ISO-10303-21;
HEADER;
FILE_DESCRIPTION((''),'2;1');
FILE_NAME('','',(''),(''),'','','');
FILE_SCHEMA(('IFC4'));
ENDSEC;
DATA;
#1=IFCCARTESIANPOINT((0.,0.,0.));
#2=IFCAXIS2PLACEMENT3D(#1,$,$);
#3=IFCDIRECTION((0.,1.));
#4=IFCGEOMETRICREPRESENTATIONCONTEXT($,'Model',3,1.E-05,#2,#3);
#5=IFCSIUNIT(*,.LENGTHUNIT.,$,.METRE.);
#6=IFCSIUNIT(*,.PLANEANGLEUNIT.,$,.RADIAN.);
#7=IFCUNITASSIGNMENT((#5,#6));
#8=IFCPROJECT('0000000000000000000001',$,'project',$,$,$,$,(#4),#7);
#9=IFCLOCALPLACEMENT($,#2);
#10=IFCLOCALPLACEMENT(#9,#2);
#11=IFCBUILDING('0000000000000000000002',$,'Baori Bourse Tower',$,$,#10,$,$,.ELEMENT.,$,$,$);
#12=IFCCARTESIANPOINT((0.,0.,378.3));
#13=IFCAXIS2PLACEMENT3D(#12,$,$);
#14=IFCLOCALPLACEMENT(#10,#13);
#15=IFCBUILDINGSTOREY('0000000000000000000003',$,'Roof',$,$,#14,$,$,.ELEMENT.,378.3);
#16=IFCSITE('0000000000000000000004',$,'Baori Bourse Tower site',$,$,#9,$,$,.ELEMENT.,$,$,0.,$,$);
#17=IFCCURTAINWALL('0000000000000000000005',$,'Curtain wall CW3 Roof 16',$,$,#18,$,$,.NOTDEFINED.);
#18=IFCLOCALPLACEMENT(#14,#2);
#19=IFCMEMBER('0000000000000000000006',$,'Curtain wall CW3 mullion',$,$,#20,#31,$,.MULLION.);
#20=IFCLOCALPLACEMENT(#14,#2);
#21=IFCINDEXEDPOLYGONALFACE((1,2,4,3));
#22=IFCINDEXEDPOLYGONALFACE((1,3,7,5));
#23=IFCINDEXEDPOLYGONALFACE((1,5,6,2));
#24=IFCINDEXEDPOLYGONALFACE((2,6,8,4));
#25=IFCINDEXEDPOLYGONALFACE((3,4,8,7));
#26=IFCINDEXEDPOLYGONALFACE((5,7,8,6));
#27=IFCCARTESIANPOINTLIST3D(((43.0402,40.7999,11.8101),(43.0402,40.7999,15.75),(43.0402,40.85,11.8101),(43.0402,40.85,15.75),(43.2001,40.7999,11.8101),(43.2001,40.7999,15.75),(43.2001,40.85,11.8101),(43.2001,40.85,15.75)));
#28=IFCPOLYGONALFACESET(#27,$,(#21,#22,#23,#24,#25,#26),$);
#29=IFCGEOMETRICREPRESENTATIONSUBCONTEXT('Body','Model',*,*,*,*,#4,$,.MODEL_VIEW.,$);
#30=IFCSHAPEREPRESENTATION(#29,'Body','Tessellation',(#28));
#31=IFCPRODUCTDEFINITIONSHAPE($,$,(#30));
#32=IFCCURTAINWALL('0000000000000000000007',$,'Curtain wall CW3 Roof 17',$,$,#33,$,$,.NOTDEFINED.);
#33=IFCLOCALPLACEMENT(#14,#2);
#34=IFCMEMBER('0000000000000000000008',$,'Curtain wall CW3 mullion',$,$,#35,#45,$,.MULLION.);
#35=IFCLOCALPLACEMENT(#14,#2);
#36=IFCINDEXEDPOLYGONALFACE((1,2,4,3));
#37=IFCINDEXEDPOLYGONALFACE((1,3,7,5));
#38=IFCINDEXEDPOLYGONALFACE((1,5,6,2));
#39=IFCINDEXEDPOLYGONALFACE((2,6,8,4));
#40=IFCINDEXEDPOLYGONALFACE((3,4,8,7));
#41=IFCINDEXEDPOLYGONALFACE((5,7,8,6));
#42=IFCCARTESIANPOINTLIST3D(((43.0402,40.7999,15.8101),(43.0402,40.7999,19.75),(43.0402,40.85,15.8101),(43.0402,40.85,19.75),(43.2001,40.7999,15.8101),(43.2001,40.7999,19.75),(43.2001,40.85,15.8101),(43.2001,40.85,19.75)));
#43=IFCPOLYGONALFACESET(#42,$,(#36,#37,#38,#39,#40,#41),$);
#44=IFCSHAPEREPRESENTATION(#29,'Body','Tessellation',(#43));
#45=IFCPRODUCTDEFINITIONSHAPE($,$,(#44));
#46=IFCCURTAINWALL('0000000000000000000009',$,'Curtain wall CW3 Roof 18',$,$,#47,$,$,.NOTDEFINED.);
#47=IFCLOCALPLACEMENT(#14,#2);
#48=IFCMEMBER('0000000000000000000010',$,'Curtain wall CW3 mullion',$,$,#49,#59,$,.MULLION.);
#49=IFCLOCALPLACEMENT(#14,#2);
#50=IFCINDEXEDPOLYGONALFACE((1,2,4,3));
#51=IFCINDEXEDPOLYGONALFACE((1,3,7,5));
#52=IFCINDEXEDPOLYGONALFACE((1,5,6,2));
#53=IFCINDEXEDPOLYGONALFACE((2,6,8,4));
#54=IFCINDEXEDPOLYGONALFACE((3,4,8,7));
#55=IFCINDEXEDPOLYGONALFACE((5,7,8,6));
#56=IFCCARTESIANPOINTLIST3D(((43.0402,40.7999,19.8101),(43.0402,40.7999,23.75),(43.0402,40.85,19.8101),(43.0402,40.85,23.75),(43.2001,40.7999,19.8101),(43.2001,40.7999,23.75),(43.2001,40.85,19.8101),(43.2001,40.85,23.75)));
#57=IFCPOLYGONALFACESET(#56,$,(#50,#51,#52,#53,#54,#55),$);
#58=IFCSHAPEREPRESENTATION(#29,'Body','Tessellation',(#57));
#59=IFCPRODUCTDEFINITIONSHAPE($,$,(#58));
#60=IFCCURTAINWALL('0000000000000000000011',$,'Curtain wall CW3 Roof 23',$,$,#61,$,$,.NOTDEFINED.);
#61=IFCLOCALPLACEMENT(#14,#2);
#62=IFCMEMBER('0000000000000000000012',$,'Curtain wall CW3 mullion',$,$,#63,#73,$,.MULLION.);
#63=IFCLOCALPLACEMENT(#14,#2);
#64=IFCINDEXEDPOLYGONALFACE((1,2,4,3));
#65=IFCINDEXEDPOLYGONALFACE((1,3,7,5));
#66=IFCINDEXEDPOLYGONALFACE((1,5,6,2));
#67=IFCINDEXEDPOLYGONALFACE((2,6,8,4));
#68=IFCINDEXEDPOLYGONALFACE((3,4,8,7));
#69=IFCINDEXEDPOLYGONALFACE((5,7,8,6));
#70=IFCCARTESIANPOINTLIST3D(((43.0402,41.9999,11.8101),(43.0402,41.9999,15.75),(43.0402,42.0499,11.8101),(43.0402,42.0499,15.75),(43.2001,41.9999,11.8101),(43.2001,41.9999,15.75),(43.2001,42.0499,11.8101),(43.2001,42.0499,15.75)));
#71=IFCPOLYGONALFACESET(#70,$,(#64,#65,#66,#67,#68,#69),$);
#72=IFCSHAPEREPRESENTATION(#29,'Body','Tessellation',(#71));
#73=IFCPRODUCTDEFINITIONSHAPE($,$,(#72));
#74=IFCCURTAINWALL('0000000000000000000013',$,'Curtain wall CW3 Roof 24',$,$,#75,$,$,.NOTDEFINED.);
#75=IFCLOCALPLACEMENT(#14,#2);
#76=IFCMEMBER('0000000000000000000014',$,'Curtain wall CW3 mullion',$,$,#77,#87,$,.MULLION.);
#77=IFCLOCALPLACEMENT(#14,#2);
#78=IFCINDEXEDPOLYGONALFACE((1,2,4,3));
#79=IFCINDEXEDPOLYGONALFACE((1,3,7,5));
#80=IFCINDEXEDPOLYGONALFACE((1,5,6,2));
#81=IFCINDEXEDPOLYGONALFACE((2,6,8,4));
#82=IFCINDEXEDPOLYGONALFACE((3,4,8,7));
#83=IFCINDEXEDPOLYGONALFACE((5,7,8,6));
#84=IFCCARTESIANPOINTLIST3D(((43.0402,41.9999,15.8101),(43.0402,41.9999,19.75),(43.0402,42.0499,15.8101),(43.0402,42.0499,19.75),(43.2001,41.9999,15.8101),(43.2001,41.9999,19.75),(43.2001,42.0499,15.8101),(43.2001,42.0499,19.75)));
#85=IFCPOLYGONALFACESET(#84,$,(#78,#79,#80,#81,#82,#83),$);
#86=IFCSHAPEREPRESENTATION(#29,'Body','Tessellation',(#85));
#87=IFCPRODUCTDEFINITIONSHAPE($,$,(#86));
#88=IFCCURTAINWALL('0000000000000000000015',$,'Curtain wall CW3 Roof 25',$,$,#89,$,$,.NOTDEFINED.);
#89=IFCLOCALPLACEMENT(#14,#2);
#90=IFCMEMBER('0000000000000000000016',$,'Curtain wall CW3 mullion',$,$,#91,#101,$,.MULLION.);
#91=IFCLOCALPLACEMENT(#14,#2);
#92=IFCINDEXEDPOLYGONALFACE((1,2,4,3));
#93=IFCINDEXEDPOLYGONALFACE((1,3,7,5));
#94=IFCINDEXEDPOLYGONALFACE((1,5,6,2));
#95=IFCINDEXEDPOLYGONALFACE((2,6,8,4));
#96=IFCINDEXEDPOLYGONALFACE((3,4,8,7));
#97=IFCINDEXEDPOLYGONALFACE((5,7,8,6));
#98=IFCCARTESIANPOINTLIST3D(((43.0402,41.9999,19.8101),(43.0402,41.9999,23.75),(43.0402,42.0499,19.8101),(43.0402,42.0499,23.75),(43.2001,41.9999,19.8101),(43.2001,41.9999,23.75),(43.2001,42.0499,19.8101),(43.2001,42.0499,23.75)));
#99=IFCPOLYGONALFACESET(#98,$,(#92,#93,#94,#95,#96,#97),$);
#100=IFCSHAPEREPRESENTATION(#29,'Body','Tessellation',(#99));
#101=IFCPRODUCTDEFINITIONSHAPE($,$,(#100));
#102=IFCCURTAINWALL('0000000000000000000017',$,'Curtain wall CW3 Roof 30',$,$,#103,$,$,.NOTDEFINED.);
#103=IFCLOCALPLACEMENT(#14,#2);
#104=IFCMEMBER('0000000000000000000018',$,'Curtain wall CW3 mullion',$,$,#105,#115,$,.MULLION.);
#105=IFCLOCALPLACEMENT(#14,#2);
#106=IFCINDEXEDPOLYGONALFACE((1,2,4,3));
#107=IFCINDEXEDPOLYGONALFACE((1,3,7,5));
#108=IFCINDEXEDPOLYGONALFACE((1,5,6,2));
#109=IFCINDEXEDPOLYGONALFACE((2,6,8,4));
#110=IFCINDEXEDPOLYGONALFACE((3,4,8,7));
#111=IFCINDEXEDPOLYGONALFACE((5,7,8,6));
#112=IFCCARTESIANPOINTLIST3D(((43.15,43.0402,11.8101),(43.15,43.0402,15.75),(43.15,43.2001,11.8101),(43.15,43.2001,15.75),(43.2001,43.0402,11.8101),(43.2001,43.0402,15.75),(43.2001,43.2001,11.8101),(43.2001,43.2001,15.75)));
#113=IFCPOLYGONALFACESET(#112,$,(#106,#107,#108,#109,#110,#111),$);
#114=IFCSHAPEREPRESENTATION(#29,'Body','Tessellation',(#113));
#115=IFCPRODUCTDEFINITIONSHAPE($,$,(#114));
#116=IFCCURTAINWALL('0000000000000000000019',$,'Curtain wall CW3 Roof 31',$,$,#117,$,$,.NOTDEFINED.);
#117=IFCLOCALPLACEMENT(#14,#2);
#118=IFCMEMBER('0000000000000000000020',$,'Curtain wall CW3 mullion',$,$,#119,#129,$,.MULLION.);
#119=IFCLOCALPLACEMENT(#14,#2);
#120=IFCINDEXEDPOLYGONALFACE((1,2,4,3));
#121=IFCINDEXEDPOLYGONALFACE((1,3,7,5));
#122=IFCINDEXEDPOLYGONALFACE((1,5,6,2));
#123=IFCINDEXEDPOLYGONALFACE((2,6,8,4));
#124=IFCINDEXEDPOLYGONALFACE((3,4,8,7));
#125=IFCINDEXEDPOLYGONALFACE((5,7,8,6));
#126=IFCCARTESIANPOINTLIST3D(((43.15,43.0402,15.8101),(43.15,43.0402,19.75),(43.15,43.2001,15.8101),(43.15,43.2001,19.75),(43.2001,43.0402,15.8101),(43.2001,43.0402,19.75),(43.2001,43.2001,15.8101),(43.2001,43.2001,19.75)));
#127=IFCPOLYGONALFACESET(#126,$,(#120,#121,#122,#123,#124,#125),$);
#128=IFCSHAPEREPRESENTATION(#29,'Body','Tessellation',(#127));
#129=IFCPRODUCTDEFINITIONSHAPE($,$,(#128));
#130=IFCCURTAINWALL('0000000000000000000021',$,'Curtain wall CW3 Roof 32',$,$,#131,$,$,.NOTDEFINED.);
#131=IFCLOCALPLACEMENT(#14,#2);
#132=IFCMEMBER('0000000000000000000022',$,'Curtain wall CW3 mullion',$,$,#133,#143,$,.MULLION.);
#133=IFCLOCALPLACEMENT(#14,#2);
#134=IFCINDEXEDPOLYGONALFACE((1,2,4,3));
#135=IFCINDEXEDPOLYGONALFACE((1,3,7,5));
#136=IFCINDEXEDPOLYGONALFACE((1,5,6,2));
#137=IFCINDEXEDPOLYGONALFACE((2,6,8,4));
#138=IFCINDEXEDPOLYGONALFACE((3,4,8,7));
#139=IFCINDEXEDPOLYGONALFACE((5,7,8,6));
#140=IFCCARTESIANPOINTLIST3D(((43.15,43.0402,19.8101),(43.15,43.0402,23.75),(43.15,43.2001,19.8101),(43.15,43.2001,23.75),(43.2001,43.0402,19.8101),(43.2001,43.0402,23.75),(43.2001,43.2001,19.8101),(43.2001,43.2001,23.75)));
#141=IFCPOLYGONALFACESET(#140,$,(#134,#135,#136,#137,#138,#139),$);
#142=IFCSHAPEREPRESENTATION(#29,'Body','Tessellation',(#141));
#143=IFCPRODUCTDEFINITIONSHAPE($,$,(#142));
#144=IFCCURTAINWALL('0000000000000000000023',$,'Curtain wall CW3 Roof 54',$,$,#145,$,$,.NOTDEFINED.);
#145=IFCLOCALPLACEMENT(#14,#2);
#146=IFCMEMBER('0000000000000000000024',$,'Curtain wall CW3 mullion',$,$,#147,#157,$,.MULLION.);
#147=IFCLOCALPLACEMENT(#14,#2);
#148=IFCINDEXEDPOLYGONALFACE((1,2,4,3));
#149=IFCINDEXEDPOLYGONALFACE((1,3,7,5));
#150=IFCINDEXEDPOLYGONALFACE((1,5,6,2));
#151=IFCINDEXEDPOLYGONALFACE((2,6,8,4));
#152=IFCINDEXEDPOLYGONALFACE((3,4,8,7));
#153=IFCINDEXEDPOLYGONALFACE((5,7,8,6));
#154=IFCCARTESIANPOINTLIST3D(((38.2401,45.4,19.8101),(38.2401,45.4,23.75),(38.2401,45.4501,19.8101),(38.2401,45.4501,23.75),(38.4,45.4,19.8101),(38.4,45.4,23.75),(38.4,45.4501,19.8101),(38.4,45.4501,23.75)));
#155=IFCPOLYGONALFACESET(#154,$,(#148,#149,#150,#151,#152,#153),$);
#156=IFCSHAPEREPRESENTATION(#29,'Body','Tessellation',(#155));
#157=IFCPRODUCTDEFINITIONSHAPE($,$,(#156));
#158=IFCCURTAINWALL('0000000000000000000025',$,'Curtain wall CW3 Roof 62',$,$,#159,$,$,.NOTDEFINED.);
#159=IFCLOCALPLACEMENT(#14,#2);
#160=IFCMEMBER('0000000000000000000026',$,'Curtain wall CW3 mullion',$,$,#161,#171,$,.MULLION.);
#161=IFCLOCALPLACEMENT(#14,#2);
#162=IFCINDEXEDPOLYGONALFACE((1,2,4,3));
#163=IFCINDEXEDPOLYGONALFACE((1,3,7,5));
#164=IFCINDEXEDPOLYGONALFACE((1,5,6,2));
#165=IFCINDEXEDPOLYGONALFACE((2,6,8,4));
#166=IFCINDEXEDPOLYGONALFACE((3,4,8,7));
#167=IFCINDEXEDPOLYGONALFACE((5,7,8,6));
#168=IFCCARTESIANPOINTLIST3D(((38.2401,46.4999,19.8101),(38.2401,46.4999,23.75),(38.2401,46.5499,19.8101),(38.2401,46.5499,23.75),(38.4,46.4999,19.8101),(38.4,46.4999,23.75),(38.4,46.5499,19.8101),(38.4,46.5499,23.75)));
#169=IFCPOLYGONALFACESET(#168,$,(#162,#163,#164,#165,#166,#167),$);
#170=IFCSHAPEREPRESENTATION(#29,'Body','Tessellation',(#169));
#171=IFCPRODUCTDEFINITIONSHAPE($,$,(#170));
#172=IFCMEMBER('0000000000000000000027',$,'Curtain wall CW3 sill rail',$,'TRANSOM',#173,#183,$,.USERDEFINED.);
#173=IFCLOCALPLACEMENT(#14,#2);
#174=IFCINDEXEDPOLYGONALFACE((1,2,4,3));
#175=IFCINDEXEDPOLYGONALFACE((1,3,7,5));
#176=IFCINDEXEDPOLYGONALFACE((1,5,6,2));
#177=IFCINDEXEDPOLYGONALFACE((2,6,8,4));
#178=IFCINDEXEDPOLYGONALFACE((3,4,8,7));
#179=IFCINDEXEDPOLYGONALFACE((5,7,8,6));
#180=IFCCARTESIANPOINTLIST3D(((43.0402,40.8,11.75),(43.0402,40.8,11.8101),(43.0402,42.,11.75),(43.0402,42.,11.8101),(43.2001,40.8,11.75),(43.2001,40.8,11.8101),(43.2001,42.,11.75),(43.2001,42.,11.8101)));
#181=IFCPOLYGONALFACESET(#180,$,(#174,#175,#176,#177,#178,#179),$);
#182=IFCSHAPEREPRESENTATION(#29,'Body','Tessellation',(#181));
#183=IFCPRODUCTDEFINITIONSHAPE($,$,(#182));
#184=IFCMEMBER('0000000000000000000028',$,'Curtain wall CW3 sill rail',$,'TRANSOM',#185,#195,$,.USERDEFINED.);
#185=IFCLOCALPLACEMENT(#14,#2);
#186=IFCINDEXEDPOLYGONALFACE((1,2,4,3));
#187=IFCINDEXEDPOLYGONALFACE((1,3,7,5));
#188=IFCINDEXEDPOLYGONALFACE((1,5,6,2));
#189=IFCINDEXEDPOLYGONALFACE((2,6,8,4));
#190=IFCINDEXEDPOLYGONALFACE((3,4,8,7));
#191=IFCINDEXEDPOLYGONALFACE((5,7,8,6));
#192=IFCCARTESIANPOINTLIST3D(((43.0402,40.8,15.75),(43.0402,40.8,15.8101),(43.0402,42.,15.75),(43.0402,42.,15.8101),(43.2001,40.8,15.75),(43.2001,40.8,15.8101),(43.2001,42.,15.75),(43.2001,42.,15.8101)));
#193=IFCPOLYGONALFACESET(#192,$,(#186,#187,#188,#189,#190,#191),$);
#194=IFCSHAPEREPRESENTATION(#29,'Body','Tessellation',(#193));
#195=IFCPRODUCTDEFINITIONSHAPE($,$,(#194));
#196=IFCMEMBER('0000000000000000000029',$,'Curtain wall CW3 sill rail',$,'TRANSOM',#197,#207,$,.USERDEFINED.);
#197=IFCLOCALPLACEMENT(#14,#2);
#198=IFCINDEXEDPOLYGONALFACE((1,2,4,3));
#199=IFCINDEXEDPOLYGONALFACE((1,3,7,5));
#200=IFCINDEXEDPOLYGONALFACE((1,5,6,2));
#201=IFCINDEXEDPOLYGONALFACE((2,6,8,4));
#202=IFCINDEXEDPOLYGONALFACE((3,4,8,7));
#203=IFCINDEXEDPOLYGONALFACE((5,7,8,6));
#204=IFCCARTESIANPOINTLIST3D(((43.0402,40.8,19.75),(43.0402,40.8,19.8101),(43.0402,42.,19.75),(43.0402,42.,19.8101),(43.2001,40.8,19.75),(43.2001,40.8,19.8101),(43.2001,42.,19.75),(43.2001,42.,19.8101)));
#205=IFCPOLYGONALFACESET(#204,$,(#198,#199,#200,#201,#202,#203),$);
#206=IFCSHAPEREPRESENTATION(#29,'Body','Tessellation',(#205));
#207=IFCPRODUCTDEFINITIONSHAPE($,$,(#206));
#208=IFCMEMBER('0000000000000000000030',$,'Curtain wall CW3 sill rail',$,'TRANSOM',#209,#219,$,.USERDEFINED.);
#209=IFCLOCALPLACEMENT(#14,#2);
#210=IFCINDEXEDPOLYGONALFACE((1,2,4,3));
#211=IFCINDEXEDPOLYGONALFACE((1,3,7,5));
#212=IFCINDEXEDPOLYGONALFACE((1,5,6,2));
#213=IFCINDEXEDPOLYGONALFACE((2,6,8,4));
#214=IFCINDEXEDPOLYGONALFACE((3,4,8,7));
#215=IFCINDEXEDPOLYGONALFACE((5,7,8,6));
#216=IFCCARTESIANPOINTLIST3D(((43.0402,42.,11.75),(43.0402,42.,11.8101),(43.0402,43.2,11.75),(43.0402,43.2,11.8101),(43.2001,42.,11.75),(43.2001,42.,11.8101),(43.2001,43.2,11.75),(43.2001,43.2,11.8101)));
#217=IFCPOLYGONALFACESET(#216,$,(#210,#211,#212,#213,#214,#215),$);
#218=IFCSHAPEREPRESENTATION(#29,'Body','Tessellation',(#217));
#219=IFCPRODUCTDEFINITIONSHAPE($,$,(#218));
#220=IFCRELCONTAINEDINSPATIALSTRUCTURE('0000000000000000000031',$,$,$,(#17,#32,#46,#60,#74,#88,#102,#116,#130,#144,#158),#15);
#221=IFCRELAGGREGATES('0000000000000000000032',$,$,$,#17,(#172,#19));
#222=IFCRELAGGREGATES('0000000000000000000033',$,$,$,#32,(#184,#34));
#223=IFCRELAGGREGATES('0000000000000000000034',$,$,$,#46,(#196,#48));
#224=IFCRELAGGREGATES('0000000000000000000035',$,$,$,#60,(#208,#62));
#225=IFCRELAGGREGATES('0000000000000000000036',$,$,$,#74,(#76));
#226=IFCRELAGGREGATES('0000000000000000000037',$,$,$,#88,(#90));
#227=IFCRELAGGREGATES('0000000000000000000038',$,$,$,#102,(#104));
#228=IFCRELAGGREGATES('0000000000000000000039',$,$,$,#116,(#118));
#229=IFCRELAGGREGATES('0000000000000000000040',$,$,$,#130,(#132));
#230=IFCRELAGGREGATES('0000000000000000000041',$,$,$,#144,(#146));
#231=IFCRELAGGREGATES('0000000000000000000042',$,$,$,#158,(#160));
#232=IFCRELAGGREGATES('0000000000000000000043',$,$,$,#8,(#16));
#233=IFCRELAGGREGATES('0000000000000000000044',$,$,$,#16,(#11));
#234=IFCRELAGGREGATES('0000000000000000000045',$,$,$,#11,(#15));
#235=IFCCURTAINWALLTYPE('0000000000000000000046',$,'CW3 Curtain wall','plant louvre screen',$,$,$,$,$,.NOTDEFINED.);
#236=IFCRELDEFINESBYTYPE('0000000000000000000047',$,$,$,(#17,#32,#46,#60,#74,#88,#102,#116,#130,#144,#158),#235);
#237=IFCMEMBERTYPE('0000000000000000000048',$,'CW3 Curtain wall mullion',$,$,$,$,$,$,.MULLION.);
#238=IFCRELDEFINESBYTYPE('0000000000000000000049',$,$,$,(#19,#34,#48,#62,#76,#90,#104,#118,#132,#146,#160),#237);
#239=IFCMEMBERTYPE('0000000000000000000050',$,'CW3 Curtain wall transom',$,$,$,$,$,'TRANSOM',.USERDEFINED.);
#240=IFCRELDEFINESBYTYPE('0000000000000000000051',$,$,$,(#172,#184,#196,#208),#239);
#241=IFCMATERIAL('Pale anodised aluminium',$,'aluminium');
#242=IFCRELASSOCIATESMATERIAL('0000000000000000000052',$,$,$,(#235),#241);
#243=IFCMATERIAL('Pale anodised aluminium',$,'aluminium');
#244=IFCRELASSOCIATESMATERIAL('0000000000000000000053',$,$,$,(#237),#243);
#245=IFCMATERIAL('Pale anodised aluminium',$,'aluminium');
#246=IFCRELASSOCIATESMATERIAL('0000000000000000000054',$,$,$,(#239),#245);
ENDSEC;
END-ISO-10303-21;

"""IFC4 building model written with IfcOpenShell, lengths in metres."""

from ifc_helpers import new_model, si_unit, direction, frame, origin, origin_2d, place, context, subcontext, project, spatial, rectangle, extrude, material, material_profile, profile_set, type_object, element, aggregate, save


model = new_model("IFC4")

# Units and contexts
model_context = context("Model", 3, precision=1e-05, world=origin(), true_north=direction((0.0, 1.0)))
body_context = subcontext(model_context, "Body", "Model", "MODEL_VIEW")
ifc_project = project(units=[si_unit("LENGTHUNIT", "METRE"), si_unit("PLANEANGLEUNIT", "RADIAN")], contexts=[model_context])

# Site, building, storey
site_placement = place(None, origin())
site = spatial("IfcSite", under=ifc_project, at=site_placement, Name="Baori Bourse Tower site", CompositionType="ELEMENT", RefElevation=0.0)
building_placement = place(site_placement, origin())
building = spatial("IfcBuilding", under=site, at=building_placement, Name="Baori Bourse Tower", CompositionType="ELEMENT")
storey_placement = place(building_placement, frame((0.0, 0.0, 378.3)))
storey = spatial("IfcBuildingStorey", under=building, at=storey_placement, Name="Roof", CompositionType="ELEMENT", Elevation=378.3)

# Curtain walls, members
ifc_material_1 = material(Name="Pale anodised aluminium", Category="aluminium")
curtain_wall_type = type_object("IfcCurtainWallType", Name="CW3 Curtain wall", Description="plant louvre screen", PredefinedType="NOTDEFINED", material=ifc_material_1)
curtain_wall_1_placement = place(storey_placement, origin())
curtain_wall_1 = element("IfcCurtainWall", 1, at=curtain_wall_1_placement, inside=storey, type_object=curtain_wall_type, Name="Curtain wall CW3 Roof 16", PredefinedType="NOTDEFINED")
ifc_material_2 = material(Name="Pale anodised aluminium", Category="aluminium")
ifc_material_profile_1 = material_profile(ifc_material_2, rectangle(XDim=0.1599, YDim=0.05, at=origin_2d()), Name="Mullion 50x160")
ifc_profile_set_1 = profile_set([ifc_material_profile_1], Name="Pale anodised aluminium")
member_type_1 = type_object("IfcMemberType", Name="CW3 Curtain wall mullion", PredefinedType="MULLION", material=ifc_profile_set_1)
member_1_placement = place(storey_placement, frame((43.1201, 40.825, 11.8101), z_axis=(0.0, 0.0, 1.0), x_axis=(-1.0, 0.0, 0.0)))
member_1 = element("IfcMember", 2, at=member_1_placement, type_object=member_type_1, Name="Curtain wall CW3 mullion", PredefinedType="MULLION", context=body_context, shape_type="SweptSolid", body=[
    extrude(rectangle(XDim=0.1599, YDim=0.05, at=origin_2d()), origin(), (0.0, 0.0, 1.0), 3.9399),
])
curtain_wall_2_placement = place(storey_placement, origin())
curtain_wall_2 = element("IfcCurtainWall", 3, at=curtain_wall_2_placement, inside=storey, type_object=curtain_wall_type, Name="Curtain wall CW3 Roof 17", PredefinedType="NOTDEFINED")
member_2_placement = place(storey_placement, frame((43.1201, 40.825, 15.8101), z_axis=(0.0, 0.0, 1.0), x_axis=(-1.0, 0.0, 0.0)))
member_2 = element("IfcMember", 4, at=member_2_placement, type_object=member_type_1, Name="Curtain wall CW3 mullion", PredefinedType="MULLION", context=body_context, shape_type="SweptSolid", body=[
    extrude(rectangle(XDim=0.1599, YDim=0.05, at=origin_2d()), origin(), (0.0, 0.0, 1.0), 3.9399),
])
curtain_wall_3_placement = place(storey_placement, origin())
curtain_wall_3 = element("IfcCurtainWall", 5, at=curtain_wall_3_placement, inside=storey, type_object=curtain_wall_type, Name="Curtain wall CW3 Roof 18", PredefinedType="NOTDEFINED")
member_3_placement = place(storey_placement, frame((43.1201, 40.825, 19.8101), z_axis=(0.0, 0.0, 1.0), x_axis=(-1.0, 0.0, 0.0)))
member_3 = element("IfcMember", 6, at=member_3_placement, type_object=member_type_1, Name="Curtain wall CW3 mullion", PredefinedType="MULLION", context=body_context, shape_type="SweptSolid", body=[
    extrude(rectangle(XDim=0.1599, YDim=0.05, at=origin_2d()), origin(), (0.0, 0.0, 1.0), 3.9399),
])
curtain_wall_4_placement = place(storey_placement, origin())
curtain_wall_4 = element("IfcCurtainWall", 7, at=curtain_wall_4_placement, inside=storey, type_object=curtain_wall_type, Name="Curtain wall CW3 Roof 23", PredefinedType="NOTDEFINED")
member_4_placement = place(storey_placement, frame((43.1201, 42.0249, 11.8101), z_axis=(0.0, 0.0, 1.0), x_axis=(-1.0, 0.0, 0.0)))
member_4 = element("IfcMember", 8, at=member_4_placement, type_object=member_type_1, Name="Curtain wall CW3 mullion", PredefinedType="MULLION", context=body_context, shape_type="SweptSolid", body=[
    extrude(rectangle(XDim=0.1599, YDim=0.05, at=origin_2d()), origin(), (0.0, 0.0, 1.0), 3.9399),
])
curtain_wall_5_placement = place(storey_placement, origin())
curtain_wall_5 = element("IfcCurtainWall", 9, at=curtain_wall_5_placement, inside=storey, type_object=curtain_wall_type, Name="Curtain wall CW3 Roof 24", PredefinedType="NOTDEFINED")
member_5_placement = place(storey_placement, frame((43.1201, 42.0249, 15.8101), z_axis=(0.0, 0.0, 1.0), x_axis=(-1.0, 0.0, 0.0)))
member_5 = element("IfcMember", 10, at=member_5_placement, type_object=member_type_1, Name="Curtain wall CW3 mullion", PredefinedType="MULLION", context=body_context, shape_type="SweptSolid", body=[
    extrude(rectangle(XDim=0.1599, YDim=0.05, at=origin_2d()), origin(), (0.0, 0.0, 1.0), 3.9399),
])
curtain_wall_6_placement = place(storey_placement, origin())
curtain_wall_6 = element("IfcCurtainWall", 11, at=curtain_wall_6_placement, inside=storey, type_object=curtain_wall_type, Name="Curtain wall CW3 Roof 25", PredefinedType="NOTDEFINED")
member_6_placement = place(storey_placement, frame((43.1201, 42.0249, 19.8101), z_axis=(0.0, 0.0, 1.0), x_axis=(-1.0, 0.0, 0.0)))
member_6 = element("IfcMember", 12, at=member_6_placement, type_object=member_type_1, Name="Curtain wall CW3 mullion", PredefinedType="MULLION", context=body_context, shape_type="SweptSolid", body=[
    extrude(rectangle(XDim=0.1599, YDim=0.05, at=origin_2d()), origin(), (0.0, 0.0, 1.0), 3.9399),
])
curtain_wall_7_placement = place(storey_placement, origin())
curtain_wall_7 = element("IfcCurtainWall", 13, at=curtain_wall_7_placement, inside=storey, type_object=curtain_wall_type, Name="Curtain wall CW3 Roof 30", PredefinedType="NOTDEFINED")
member_7_placement = place(storey_placement, frame((43.175, 43.1201, 11.8101), z_axis=(0.0, 0.0, 1.0), x_axis=(0.0, -1.0, 0.0)))
member_7 = element("IfcMember", 14, at=member_7_placement, type_object=member_type_1, Name="Curtain wall CW3 mullion", PredefinedType="MULLION", context=body_context, shape_type="SweptSolid", body=[
    extrude(rectangle(XDim=0.1599, YDim=0.05, at=origin_2d()), origin(), (0.0, 0.0, 1.0), 3.9399),
])
curtain_wall_8_placement = place(storey_placement, origin())
curtain_wall_8 = element("IfcCurtainWall", 15, at=curtain_wall_8_placement, inside=storey, type_object=curtain_wall_type, Name="Curtain wall CW3 Roof 31", PredefinedType="NOTDEFINED")
member_8_placement = place(storey_placement, frame((43.175, 43.1201, 15.8101), z_axis=(0.0, 0.0, 1.0), x_axis=(0.0, -1.0, 0.0)))
member_8 = element("IfcMember", 16, at=member_8_placement, type_object=member_type_1, Name="Curtain wall CW3 mullion", PredefinedType="MULLION", context=body_context, shape_type="SweptSolid", body=[
    extrude(rectangle(XDim=0.1599, YDim=0.05, at=origin_2d()), origin(), (0.0, 0.0, 1.0), 3.9399),
])
curtain_wall_9_placement = place(storey_placement, origin())
curtain_wall_9 = element("IfcCurtainWall", 17, at=curtain_wall_9_placement, inside=storey, type_object=curtain_wall_type, Name="Curtain wall CW3 Roof 32", PredefinedType="NOTDEFINED")
member_9_placement = place(storey_placement, frame((43.175, 43.1201, 19.8101), z_axis=(0.0, 0.0, 1.0), x_axis=(0.0, -1.0, 0.0)))
member_9 = element("IfcMember", 18, at=member_9_placement, type_object=member_type_1, Name="Curtain wall CW3 mullion", PredefinedType="MULLION", context=body_context, shape_type="SweptSolid", body=[
    extrude(rectangle(XDim=0.1599, YDim=0.05, at=origin_2d()), origin(), (0.0, 0.0, 1.0), 3.9399),
])
curtain_wall_10_placement = place(storey_placement, origin())
curtain_wall_10 = element("IfcCurtainWall", 19, at=curtain_wall_10_placement, inside=storey, type_object=curtain_wall_type, Name="Curtain wall CW3 Roof 54", PredefinedType="NOTDEFINED")
member_10_placement = place(storey_placement, frame((38.3201, 45.425, 19.8101), z_axis=(0.0, 0.0, 1.0), x_axis=(-1.0, 0.0, 0.0)))
member_10 = element("IfcMember", 20, at=member_10_placement, type_object=member_type_1, Name="Curtain wall CW3 mullion", PredefinedType="MULLION", context=body_context, shape_type="SweptSolid", body=[
    extrude(rectangle(XDim=0.1599, YDim=0.05, at=origin_2d()), origin(), (0.0, 0.0, 1.0), 3.9399),
])
curtain_wall_11_placement = place(storey_placement, origin())
curtain_wall_11 = element("IfcCurtainWall", 21, at=curtain_wall_11_placement, inside=storey, type_object=curtain_wall_type, Name="Curtain wall CW3 Roof 62", PredefinedType="NOTDEFINED")
member_11_placement = place(storey_placement, frame((38.3201, 46.5249, 19.8101), z_axis=(0.0, 0.0, 1.0), x_axis=(-1.0, 0.0, 0.0)))
member_11 = element("IfcMember", 22, at=member_11_placement, type_object=member_type_1, Name="Curtain wall CW3 mullion", PredefinedType="MULLION", context=body_context, shape_type="SweptSolid", body=[
    extrude(rectangle(XDim=0.1599, YDim=0.05, at=origin_2d()), origin(), (0.0, 0.0, 1.0), 3.9399),
])

# Members
ifc_material_3 = material(Name="Pale anodised aluminium", Category="aluminium")
ifc_material_profile_2 = material_profile(ifc_material_3, rectangle(XDim=0.1599, YDim=0.0601, at=origin_2d()), Name="Transom 60x160")
ifc_profile_set_2 = profile_set([ifc_material_profile_2], Name="Pale anodised aluminium")
member_type_2 = type_object("IfcMemberType", Name="CW3 Curtain wall transom", ElementType="TRANSOM", PredefinedType="USERDEFINED", material=ifc_profile_set_2)
member_12_placement = place(storey_placement, frame((43.1201, 40.8, 11.78), z_axis=(0.0, 1.0, 0.0), x_axis=(-1.0, 0.0, 0.0)))
member_12 = element("IfcMember", 23, at=member_12_placement, type_object=member_type_2, Name="Curtain wall CW3 sill rail", ObjectType="TRANSOM", PredefinedType="USERDEFINED", context=body_context, shape_type="SweptSolid", body=[
    extrude(rectangle(XDim=0.1599, YDim=0.0601, at=origin_2d()), origin(), (0.0, 0.0, 1.0), 1.2),
])
member_13_placement = place(storey_placement, frame((43.1201, 40.8, 15.78), z_axis=(0.0, 1.0, 0.0), x_axis=(-1.0, 0.0, 0.0)))
member_13 = element("IfcMember", 24, at=member_13_placement, type_object=member_type_2, Name="Curtain wall CW3 sill rail", ObjectType="TRANSOM", PredefinedType="USERDEFINED", context=body_context, shape_type="SweptSolid", body=[
    extrude(rectangle(XDim=0.1599, YDim=0.0601, at=origin_2d()), origin(), (0.0, 0.0, 1.0), 1.2),
])
member_14_placement = place(storey_placement, frame((43.1201, 40.8, 19.78), z_axis=(0.0, 1.0, 0.0), x_axis=(-1.0, 0.0, 0.0)))
member_14 = element("IfcMember", 25, at=member_14_placement, type_object=member_type_2, Name="Curtain wall CW3 sill rail", ObjectType="TRANSOM", PredefinedType="USERDEFINED", context=body_context, shape_type="SweptSolid", body=[
    extrude(rectangle(XDim=0.1599, YDim=0.0601, at=origin_2d()), origin(), (0.0, 0.0, 1.0), 1.2),
])
member_15_placement = place(storey_placement, frame((43.1201, 42.0, 11.78), z_axis=(0.0, 1.0, 0.0), x_axis=(-1.0, 0.0, 0.0)))
member_15 = element("IfcMember", 26, at=member_15_placement, type_object=member_type_2, Name="Curtain wall CW3 sill rail", ObjectType="TRANSOM", PredefinedType="USERDEFINED", context=body_context, shape_type="SweptSolid", body=[
    extrude(rectangle(XDim=0.1599, YDim=0.0601, at=origin_2d()), origin(), (0.0, 0.0, 1.0), 1.2),
])

aggregate(curtain_wall_1, [member_12, member_1])
aggregate(curtain_wall_2, [member_13, member_2])
aggregate(curtain_wall_3, [member_14, member_3])
aggregate(curtain_wall_4, [member_15, member_4])
aggregate(curtain_wall_5, [member_5])
aggregate(curtain_wall_6, [member_6])
aggregate(curtain_wall_7, [member_7])
aggregate(curtain_wall_8, [member_8])
aggregate(curtain_wall_9, [member_9])
aggregate(curtain_wall_10, [member_10])
aggregate(curtain_wall_11, [member_11])

save(model, "model.ifc")
